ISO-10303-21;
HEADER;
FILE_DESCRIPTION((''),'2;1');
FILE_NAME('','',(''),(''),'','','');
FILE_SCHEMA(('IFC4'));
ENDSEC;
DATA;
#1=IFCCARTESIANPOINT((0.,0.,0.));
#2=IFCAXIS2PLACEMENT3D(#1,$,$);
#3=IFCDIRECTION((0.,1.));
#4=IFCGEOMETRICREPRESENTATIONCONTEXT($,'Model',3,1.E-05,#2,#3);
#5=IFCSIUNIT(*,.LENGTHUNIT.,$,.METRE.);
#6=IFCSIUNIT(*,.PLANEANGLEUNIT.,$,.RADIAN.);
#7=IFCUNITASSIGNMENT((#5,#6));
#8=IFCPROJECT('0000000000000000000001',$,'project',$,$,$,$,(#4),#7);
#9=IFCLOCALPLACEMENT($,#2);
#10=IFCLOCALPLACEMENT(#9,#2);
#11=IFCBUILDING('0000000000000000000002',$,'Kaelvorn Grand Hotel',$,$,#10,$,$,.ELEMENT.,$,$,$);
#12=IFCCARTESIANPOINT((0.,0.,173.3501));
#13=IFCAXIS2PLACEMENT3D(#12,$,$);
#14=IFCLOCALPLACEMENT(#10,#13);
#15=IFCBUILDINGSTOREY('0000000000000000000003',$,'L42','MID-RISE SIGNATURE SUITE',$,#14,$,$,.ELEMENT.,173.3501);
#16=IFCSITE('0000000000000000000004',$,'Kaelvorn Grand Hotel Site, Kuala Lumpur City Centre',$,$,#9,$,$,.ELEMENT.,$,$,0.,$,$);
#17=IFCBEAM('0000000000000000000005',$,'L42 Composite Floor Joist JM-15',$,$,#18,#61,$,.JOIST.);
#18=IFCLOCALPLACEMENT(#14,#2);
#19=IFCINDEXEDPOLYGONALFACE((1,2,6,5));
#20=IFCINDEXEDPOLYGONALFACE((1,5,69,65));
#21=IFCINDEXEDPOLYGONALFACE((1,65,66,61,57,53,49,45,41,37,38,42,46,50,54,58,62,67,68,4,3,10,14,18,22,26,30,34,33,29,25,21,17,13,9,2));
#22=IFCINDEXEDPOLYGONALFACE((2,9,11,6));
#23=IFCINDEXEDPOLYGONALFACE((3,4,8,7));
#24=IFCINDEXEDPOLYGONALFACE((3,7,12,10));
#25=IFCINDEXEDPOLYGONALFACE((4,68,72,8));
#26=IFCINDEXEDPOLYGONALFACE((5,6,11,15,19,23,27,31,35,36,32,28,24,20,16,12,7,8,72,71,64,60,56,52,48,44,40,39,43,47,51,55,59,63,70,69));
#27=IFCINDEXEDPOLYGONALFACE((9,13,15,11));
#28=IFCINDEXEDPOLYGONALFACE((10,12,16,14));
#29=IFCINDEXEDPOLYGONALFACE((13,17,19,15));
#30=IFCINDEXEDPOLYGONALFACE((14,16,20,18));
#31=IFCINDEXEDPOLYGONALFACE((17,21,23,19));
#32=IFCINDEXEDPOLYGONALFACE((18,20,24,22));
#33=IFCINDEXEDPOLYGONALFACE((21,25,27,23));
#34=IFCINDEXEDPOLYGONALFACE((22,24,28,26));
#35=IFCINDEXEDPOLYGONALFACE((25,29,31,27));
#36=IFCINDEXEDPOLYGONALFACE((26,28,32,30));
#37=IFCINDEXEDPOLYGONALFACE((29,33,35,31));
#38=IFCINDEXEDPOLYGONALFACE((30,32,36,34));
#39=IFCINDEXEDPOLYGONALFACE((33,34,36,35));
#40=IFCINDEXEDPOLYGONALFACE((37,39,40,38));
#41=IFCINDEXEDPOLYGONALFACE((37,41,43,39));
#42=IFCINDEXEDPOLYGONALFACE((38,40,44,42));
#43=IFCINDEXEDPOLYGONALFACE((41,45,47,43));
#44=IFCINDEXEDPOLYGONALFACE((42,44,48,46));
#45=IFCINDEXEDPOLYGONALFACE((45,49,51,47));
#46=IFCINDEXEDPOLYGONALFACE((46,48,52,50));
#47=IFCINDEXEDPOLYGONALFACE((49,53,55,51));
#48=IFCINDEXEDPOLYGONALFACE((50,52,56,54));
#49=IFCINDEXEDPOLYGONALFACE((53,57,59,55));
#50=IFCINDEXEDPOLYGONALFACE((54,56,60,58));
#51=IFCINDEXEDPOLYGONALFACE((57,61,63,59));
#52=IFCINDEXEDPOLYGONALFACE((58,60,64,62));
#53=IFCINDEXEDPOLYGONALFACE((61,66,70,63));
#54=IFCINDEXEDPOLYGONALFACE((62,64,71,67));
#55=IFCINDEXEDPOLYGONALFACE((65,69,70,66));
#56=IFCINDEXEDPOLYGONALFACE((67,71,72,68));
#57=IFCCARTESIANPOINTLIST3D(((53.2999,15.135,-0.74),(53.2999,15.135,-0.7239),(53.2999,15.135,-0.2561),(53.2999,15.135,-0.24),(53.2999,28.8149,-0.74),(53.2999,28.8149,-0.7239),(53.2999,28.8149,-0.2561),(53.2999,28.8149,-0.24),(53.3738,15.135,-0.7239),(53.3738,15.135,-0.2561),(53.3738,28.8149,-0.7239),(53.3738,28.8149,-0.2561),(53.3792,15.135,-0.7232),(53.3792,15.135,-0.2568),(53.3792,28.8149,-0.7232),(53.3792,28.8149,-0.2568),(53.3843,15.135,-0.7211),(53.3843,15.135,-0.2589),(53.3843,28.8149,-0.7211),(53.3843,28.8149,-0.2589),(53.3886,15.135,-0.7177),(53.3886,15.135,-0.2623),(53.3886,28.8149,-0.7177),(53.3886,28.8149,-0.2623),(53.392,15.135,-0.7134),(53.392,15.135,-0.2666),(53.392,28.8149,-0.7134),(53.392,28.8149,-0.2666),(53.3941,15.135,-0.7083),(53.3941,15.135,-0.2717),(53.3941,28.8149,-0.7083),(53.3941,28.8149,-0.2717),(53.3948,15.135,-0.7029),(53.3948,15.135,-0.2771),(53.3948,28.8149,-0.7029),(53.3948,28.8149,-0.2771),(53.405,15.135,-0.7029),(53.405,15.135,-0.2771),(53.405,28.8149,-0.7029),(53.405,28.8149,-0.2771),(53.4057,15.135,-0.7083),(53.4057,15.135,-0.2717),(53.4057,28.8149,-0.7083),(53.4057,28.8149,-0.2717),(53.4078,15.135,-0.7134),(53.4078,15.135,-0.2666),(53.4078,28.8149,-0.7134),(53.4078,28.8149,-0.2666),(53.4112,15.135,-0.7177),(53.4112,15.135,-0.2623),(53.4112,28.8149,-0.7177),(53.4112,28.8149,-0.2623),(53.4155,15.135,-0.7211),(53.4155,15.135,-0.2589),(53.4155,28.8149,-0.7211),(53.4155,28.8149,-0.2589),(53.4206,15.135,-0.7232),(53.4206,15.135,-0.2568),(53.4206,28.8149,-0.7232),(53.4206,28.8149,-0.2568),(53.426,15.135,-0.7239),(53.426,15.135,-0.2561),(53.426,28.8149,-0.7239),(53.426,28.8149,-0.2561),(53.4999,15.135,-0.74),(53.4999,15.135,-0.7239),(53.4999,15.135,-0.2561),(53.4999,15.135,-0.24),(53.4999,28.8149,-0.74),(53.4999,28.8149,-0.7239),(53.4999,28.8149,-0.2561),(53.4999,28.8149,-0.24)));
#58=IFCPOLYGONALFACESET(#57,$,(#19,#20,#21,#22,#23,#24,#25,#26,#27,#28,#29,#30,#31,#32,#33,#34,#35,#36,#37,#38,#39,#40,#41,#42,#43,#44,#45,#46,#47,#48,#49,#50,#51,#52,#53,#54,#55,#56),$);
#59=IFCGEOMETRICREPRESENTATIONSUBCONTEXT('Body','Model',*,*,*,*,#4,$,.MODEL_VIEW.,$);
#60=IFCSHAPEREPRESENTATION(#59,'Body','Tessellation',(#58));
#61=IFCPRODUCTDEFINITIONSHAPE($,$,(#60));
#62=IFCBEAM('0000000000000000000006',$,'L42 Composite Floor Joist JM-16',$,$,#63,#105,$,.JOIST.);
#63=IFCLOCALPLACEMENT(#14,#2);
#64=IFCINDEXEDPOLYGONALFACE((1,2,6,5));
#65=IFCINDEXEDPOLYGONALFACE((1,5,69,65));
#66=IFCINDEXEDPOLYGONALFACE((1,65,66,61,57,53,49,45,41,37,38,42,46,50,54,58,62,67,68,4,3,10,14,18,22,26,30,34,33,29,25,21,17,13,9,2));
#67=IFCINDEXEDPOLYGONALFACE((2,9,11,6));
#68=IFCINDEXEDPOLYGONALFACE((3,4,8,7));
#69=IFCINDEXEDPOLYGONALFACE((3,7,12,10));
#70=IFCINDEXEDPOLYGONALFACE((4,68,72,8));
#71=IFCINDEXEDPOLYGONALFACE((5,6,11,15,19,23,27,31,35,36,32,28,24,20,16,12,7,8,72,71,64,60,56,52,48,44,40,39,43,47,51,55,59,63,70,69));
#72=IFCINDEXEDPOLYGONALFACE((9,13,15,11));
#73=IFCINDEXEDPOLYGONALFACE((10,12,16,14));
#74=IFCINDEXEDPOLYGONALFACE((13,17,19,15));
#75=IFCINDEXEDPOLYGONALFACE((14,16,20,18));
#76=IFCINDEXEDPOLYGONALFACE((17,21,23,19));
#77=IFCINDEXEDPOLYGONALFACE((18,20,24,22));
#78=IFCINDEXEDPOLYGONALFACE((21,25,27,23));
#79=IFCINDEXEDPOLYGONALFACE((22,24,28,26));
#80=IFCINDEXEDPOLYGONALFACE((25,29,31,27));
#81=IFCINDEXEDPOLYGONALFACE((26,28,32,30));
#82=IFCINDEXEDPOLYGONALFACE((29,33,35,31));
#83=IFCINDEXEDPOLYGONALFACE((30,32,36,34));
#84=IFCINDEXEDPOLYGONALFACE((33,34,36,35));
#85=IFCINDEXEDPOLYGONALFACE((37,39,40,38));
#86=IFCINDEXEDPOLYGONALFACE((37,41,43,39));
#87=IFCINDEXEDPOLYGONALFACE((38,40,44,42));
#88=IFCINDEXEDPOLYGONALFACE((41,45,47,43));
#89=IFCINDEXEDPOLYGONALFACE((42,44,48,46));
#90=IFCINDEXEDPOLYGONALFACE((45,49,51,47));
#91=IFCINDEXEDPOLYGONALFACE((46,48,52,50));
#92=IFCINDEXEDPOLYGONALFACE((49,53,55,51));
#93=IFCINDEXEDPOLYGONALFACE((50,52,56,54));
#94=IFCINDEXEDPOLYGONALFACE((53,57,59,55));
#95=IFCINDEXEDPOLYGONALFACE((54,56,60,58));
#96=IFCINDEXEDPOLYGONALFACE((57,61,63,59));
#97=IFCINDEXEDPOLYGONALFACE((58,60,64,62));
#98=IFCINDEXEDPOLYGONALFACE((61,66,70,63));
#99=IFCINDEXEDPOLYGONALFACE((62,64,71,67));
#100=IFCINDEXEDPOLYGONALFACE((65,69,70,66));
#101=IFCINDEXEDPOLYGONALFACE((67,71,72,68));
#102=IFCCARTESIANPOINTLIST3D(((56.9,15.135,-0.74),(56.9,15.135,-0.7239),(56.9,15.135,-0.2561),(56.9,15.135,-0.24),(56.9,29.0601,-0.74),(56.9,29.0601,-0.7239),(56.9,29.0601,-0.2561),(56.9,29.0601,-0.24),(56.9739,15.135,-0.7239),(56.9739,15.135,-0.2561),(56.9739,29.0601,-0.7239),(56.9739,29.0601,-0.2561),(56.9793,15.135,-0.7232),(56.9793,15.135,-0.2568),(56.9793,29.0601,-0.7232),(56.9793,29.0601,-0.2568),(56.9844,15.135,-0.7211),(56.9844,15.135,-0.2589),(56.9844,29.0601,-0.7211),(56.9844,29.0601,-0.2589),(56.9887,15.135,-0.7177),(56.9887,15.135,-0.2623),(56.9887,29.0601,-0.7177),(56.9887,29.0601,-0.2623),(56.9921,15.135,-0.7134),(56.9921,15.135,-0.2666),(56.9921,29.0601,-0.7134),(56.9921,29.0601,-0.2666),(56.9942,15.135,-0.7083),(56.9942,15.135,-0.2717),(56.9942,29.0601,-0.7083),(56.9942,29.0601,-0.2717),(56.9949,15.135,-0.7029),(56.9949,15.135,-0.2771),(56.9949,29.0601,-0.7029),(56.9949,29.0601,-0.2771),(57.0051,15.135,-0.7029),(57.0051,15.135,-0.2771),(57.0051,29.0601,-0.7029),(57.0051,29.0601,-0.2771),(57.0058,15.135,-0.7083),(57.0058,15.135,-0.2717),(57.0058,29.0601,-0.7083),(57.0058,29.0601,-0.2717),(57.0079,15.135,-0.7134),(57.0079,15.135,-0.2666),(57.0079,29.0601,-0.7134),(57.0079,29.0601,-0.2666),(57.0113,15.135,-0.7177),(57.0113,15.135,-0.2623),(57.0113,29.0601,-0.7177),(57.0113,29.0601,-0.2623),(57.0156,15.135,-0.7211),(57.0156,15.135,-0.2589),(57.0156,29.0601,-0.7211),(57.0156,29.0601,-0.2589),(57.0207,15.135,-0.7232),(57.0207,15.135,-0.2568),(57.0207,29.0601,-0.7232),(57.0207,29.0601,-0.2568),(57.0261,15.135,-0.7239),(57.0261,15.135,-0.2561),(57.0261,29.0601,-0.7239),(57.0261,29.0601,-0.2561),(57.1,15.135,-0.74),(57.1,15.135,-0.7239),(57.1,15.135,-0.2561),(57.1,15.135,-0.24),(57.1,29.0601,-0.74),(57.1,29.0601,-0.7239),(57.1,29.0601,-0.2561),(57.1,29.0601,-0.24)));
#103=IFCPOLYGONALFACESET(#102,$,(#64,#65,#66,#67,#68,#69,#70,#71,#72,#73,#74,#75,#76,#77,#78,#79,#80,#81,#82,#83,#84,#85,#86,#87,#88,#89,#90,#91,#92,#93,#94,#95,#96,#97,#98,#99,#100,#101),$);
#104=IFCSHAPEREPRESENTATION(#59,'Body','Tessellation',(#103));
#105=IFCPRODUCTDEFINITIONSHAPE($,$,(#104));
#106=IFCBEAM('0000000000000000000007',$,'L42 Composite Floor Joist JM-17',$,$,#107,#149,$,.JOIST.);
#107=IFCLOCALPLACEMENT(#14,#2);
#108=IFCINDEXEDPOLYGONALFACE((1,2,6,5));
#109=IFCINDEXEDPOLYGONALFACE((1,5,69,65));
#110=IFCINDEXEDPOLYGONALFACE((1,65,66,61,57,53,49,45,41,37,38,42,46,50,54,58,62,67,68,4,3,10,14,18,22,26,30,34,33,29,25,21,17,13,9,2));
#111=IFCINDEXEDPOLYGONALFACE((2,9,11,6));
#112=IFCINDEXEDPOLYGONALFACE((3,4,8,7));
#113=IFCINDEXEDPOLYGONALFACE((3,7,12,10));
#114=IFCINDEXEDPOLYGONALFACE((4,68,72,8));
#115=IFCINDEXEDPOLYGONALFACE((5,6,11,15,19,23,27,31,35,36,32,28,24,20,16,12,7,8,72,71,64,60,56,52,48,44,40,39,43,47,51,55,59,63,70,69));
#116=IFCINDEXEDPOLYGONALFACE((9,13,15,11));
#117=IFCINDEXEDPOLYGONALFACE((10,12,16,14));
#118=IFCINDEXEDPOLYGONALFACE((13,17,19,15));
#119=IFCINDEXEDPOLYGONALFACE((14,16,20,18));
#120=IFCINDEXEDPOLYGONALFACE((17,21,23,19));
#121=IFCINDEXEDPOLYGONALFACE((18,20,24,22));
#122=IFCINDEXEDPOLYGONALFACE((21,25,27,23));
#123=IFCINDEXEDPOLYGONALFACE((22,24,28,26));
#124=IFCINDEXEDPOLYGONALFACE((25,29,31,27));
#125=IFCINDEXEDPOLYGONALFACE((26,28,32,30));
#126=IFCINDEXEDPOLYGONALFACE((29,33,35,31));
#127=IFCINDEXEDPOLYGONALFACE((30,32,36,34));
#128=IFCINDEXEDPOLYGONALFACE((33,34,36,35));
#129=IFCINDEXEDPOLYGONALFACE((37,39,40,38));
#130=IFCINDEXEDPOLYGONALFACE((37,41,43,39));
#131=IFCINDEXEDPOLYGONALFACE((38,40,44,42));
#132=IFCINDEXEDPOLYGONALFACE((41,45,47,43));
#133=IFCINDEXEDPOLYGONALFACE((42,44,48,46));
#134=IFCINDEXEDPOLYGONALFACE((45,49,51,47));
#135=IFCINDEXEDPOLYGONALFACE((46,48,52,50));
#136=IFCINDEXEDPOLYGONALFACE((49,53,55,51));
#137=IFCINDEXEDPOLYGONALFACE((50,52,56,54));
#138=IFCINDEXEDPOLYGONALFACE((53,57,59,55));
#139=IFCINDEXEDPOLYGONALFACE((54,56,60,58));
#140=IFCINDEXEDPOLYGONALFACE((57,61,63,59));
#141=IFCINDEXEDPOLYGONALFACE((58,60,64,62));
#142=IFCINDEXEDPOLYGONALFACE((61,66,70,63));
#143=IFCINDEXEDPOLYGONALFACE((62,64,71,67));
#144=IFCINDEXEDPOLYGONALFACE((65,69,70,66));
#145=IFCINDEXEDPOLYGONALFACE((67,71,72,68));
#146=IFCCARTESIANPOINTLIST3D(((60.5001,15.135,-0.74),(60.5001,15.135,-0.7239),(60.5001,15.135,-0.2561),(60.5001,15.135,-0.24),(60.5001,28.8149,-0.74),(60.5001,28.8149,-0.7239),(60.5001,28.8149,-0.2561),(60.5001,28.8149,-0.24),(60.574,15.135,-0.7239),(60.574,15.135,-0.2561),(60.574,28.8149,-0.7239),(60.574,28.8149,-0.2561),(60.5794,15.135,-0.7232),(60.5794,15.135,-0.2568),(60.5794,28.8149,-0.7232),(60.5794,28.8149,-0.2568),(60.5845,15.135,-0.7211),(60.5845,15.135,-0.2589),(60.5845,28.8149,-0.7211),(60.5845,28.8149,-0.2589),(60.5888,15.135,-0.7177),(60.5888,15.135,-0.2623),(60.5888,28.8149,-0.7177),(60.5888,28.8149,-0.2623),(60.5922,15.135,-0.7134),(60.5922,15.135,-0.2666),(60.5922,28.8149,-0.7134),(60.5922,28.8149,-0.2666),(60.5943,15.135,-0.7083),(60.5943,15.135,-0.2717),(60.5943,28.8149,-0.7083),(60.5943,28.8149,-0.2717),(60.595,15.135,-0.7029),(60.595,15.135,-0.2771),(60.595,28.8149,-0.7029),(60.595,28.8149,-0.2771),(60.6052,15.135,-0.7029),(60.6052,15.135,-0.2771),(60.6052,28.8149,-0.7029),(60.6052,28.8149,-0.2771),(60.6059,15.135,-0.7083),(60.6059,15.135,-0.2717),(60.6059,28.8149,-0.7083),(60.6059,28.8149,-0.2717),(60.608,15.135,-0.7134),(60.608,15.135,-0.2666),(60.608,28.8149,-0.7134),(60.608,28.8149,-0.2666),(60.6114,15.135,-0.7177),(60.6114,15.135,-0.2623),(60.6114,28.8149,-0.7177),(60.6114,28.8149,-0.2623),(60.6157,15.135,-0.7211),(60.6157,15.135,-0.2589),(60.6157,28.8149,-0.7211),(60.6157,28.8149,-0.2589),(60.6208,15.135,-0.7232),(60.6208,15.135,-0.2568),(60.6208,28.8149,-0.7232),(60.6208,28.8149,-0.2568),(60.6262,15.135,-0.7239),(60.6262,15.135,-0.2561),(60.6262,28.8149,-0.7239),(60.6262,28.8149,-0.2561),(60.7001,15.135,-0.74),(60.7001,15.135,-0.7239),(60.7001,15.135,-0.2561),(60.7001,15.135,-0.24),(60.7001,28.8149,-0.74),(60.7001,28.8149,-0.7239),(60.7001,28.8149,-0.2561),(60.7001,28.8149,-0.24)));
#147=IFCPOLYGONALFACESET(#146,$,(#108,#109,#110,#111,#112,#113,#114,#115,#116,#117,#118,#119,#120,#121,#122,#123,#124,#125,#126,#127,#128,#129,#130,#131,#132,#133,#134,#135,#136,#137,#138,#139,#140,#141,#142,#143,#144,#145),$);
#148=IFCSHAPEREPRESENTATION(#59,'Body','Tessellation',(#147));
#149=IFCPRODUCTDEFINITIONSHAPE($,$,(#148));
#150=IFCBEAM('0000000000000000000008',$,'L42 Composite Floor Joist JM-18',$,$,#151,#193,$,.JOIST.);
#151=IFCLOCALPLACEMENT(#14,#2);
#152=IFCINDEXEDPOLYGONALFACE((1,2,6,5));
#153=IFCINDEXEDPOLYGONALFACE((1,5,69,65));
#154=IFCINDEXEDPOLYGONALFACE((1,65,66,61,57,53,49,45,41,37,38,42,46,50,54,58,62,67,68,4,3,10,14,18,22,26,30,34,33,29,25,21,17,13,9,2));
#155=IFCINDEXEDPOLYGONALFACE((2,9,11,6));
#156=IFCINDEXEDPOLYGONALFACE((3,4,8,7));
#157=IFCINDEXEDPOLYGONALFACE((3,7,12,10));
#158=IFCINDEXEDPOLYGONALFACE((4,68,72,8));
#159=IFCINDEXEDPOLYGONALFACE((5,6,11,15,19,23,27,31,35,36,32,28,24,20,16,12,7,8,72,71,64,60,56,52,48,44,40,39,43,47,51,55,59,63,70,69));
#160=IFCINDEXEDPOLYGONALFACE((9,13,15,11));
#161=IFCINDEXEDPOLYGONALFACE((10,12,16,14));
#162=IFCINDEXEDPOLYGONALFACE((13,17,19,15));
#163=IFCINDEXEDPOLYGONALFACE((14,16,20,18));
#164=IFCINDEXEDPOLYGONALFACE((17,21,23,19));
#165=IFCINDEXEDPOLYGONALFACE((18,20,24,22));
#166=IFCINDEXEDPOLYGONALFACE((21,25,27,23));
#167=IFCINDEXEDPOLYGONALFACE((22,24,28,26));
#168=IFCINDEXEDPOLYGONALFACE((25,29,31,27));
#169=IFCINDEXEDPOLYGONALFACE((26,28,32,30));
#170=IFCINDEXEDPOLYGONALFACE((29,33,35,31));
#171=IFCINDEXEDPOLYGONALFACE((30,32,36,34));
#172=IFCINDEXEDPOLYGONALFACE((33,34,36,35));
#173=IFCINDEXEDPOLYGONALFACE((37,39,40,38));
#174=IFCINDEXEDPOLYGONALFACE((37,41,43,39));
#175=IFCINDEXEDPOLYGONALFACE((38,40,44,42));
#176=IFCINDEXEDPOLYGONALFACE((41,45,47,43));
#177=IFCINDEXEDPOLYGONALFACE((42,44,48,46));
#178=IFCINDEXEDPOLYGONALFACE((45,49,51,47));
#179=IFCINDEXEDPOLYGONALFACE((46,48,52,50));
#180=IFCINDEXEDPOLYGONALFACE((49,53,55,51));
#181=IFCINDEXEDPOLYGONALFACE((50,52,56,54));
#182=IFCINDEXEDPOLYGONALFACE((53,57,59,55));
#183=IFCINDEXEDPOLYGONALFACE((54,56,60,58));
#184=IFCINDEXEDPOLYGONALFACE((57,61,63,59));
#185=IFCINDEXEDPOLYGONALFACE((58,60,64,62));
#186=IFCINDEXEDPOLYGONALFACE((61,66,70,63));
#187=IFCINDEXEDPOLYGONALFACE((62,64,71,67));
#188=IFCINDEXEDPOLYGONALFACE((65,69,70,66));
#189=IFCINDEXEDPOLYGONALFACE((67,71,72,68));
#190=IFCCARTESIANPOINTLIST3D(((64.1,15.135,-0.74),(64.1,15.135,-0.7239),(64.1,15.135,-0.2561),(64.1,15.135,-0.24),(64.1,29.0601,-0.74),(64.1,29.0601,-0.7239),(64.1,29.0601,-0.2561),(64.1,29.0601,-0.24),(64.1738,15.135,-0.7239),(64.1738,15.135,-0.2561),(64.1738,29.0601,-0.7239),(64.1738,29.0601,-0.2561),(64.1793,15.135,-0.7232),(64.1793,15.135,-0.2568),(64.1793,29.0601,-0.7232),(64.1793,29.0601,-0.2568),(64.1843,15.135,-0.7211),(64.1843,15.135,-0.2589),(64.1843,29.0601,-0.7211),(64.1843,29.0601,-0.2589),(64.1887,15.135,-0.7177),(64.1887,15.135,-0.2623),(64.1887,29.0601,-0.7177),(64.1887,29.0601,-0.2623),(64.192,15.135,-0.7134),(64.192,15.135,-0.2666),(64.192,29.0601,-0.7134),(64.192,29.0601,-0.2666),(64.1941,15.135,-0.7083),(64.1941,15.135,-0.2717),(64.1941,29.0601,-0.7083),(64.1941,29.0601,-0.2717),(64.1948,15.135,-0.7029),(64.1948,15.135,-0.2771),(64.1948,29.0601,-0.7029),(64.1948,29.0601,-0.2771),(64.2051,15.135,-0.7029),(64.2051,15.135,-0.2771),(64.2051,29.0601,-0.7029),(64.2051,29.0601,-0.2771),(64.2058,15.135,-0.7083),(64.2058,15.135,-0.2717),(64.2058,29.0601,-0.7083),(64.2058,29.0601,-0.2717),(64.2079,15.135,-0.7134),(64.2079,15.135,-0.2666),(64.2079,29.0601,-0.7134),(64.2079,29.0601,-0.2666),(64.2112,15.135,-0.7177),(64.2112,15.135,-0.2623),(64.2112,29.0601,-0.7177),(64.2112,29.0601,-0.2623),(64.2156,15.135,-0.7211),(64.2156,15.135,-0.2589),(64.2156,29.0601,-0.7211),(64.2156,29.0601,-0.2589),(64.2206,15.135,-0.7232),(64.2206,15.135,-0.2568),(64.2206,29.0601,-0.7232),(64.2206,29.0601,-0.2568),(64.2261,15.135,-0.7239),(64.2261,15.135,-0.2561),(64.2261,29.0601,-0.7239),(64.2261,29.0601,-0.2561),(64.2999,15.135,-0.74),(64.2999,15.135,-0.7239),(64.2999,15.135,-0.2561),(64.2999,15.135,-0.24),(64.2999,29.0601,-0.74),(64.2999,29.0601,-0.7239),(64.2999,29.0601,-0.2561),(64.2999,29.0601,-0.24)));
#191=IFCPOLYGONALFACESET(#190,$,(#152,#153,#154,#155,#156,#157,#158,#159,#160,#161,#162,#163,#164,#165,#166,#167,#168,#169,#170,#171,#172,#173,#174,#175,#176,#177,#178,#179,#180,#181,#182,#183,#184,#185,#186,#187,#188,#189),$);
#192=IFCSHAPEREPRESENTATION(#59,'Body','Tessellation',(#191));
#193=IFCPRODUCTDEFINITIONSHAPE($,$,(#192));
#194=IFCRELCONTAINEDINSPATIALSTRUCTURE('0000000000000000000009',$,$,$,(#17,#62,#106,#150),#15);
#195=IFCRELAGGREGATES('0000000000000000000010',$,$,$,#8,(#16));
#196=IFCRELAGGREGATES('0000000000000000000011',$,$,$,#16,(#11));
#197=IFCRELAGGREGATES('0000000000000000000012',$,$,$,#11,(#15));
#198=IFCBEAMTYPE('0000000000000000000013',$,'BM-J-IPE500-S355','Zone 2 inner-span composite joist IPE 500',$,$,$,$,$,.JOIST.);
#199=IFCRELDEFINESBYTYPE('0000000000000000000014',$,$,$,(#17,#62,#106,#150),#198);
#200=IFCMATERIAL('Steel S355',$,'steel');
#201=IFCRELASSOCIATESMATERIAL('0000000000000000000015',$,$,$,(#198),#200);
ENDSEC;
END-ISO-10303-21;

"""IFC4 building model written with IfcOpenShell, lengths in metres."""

from ifc_helpers import new_model, si_unit, direction, frame, origin, origin_2d, place, context, subcontext, project, spatial, i_section, extrude, material, material_profile, profile_set, type_object, element, save


model = new_model("IFC4")

# Units and contexts
model_context = context("Model", 3, precision=1e-05, world=origin(), true_north=direction((0.0, 1.0)))
body_context = subcontext(model_context, "Body", "Model", "MODEL_VIEW")
ifc_project = project(units=[si_unit("LENGTHUNIT", "METRE"), si_unit("PLANEANGLEUNIT", "RADIAN")], contexts=[model_context])

# Site, building, storey
site_placement = place(None, origin())
site = spatial("IfcSite", under=ifc_project, at=site_placement, Name="Kaelvorn Grand Hotel Site, Kuala Lumpur City Centre", CompositionType="ELEMENT", RefElevation=0.0)
building_placement = place(site_placement, origin())
building = spatial("IfcBuilding", under=site, at=building_placement, Name="Kaelvorn Grand Hotel", CompositionType="ELEMENT")
storey_placement = place(building_placement, frame((0.0, 0.0, 173.3501)))
storey = spatial("IfcBuildingStorey", under=building, at=storey_placement, Name="L42", Description="MID-RISE SIGNATURE SUITE", CompositionType="ELEMENT", Elevation=173.3501)

# Beams
ifc_material_1 = material(Name="Steel S355", Category="steel")
ifc_material_profile_1 = material_profile(ifc_material_1, i_section(OverallWidth=0.2, OverallDepth=0.5, WebThickness=0.0103, FlangeThickness=0.0161, FilletRadius=0.021, at=origin_2d()), Name="IPE 500")
ifc_profile_set_1 = profile_set([ifc_material_profile_1], Name="Steel S355")
beam_type_1 = type_object("IfcBeamType", Name="BM-J-IPE500-S355", Description="Zone 2 inner-span composite joist IPE 500", PredefinedType="JOIST", material=ifc_profile_set_1)
beam_1_placement = place(storey_placement, frame((53.3999, 15.135, -0.49), z_axis=(0.0, 1.0, 0.0), x_axis=(-1.0, 0.0, 0.0)))
element("IfcBeam", 1, at=beam_1_placement, inside=storey, type_object=beam_type_1, Name="L42 Composite Floor Joist JM-15", PredefinedType="JOIST", context=body_context, shape_type="SweptSolid", body=[
    extrude(i_section(OverallWidth=0.2, OverallDepth=0.5, WebThickness=0.0103, FlangeThickness=0.0161, FilletRadius=0.021, at=origin_2d()), origin(), (0.0, 0.0, 1.0), 13.6799),
])
beam_2_placement = place(storey_placement, frame((57.0, 15.135, -0.49), z_axis=(0.0, 1.0, 0.0), x_axis=(-1.0, 0.0, 0.0)))
element("IfcBeam", 2, at=beam_2_placement, inside=storey, type_object=beam_type_1, Name="L42 Composite Floor Joist JM-16", PredefinedType="JOIST", context=body_context, shape_type="SweptSolid", body=[
    extrude(i_section(OverallWidth=0.2, OverallDepth=0.5, WebThickness=0.0103, FlangeThickness=0.0161, FilletRadius=0.021, at=origin_2d()), origin(), (0.0, 0.0, 1.0), 13.925),
])
beam_3_placement = place(storey_placement, frame((60.6001, 15.135, -0.49), z_axis=(0.0, 1.0, 0.0), x_axis=(-1.0, 0.0, 0.0)))
element("IfcBeam", 3, at=beam_3_placement, inside=storey, type_object=beam_type_1, Name="L42 Composite Floor Joist JM-17", PredefinedType="JOIST", context=body_context, shape_type="SweptSolid", body=[
    extrude(i_section(OverallWidth=0.2, OverallDepth=0.5, WebThickness=0.0103, FlangeThickness=0.0161, FilletRadius=0.021, at=origin_2d()), origin(), (0.0, 0.0, 1.0), 13.6799),
])
beam_4_placement = place(storey_placement, frame((64.2, 15.135, -0.49), z_axis=(0.0, 1.0, 0.0), x_axis=(-1.0, 0.0, 0.0)))
element("IfcBeam", 4, at=beam_4_placement, inside=storey, type_object=beam_type_1, Name="L42 Composite Floor Joist JM-18", PredefinedType="JOIST", context=body_context, shape_type="SweptSolid", body=[
    extrude(i_section(OverallWidth=0.2, OverallDepth=0.5, WebThickness=0.0103, FlangeThickness=0.0161, FilletRadius=0.021, at=origin_2d()), origin(), (0.0, 0.0, 1.0), 13.925),
])

save(model, "model.ifc")
